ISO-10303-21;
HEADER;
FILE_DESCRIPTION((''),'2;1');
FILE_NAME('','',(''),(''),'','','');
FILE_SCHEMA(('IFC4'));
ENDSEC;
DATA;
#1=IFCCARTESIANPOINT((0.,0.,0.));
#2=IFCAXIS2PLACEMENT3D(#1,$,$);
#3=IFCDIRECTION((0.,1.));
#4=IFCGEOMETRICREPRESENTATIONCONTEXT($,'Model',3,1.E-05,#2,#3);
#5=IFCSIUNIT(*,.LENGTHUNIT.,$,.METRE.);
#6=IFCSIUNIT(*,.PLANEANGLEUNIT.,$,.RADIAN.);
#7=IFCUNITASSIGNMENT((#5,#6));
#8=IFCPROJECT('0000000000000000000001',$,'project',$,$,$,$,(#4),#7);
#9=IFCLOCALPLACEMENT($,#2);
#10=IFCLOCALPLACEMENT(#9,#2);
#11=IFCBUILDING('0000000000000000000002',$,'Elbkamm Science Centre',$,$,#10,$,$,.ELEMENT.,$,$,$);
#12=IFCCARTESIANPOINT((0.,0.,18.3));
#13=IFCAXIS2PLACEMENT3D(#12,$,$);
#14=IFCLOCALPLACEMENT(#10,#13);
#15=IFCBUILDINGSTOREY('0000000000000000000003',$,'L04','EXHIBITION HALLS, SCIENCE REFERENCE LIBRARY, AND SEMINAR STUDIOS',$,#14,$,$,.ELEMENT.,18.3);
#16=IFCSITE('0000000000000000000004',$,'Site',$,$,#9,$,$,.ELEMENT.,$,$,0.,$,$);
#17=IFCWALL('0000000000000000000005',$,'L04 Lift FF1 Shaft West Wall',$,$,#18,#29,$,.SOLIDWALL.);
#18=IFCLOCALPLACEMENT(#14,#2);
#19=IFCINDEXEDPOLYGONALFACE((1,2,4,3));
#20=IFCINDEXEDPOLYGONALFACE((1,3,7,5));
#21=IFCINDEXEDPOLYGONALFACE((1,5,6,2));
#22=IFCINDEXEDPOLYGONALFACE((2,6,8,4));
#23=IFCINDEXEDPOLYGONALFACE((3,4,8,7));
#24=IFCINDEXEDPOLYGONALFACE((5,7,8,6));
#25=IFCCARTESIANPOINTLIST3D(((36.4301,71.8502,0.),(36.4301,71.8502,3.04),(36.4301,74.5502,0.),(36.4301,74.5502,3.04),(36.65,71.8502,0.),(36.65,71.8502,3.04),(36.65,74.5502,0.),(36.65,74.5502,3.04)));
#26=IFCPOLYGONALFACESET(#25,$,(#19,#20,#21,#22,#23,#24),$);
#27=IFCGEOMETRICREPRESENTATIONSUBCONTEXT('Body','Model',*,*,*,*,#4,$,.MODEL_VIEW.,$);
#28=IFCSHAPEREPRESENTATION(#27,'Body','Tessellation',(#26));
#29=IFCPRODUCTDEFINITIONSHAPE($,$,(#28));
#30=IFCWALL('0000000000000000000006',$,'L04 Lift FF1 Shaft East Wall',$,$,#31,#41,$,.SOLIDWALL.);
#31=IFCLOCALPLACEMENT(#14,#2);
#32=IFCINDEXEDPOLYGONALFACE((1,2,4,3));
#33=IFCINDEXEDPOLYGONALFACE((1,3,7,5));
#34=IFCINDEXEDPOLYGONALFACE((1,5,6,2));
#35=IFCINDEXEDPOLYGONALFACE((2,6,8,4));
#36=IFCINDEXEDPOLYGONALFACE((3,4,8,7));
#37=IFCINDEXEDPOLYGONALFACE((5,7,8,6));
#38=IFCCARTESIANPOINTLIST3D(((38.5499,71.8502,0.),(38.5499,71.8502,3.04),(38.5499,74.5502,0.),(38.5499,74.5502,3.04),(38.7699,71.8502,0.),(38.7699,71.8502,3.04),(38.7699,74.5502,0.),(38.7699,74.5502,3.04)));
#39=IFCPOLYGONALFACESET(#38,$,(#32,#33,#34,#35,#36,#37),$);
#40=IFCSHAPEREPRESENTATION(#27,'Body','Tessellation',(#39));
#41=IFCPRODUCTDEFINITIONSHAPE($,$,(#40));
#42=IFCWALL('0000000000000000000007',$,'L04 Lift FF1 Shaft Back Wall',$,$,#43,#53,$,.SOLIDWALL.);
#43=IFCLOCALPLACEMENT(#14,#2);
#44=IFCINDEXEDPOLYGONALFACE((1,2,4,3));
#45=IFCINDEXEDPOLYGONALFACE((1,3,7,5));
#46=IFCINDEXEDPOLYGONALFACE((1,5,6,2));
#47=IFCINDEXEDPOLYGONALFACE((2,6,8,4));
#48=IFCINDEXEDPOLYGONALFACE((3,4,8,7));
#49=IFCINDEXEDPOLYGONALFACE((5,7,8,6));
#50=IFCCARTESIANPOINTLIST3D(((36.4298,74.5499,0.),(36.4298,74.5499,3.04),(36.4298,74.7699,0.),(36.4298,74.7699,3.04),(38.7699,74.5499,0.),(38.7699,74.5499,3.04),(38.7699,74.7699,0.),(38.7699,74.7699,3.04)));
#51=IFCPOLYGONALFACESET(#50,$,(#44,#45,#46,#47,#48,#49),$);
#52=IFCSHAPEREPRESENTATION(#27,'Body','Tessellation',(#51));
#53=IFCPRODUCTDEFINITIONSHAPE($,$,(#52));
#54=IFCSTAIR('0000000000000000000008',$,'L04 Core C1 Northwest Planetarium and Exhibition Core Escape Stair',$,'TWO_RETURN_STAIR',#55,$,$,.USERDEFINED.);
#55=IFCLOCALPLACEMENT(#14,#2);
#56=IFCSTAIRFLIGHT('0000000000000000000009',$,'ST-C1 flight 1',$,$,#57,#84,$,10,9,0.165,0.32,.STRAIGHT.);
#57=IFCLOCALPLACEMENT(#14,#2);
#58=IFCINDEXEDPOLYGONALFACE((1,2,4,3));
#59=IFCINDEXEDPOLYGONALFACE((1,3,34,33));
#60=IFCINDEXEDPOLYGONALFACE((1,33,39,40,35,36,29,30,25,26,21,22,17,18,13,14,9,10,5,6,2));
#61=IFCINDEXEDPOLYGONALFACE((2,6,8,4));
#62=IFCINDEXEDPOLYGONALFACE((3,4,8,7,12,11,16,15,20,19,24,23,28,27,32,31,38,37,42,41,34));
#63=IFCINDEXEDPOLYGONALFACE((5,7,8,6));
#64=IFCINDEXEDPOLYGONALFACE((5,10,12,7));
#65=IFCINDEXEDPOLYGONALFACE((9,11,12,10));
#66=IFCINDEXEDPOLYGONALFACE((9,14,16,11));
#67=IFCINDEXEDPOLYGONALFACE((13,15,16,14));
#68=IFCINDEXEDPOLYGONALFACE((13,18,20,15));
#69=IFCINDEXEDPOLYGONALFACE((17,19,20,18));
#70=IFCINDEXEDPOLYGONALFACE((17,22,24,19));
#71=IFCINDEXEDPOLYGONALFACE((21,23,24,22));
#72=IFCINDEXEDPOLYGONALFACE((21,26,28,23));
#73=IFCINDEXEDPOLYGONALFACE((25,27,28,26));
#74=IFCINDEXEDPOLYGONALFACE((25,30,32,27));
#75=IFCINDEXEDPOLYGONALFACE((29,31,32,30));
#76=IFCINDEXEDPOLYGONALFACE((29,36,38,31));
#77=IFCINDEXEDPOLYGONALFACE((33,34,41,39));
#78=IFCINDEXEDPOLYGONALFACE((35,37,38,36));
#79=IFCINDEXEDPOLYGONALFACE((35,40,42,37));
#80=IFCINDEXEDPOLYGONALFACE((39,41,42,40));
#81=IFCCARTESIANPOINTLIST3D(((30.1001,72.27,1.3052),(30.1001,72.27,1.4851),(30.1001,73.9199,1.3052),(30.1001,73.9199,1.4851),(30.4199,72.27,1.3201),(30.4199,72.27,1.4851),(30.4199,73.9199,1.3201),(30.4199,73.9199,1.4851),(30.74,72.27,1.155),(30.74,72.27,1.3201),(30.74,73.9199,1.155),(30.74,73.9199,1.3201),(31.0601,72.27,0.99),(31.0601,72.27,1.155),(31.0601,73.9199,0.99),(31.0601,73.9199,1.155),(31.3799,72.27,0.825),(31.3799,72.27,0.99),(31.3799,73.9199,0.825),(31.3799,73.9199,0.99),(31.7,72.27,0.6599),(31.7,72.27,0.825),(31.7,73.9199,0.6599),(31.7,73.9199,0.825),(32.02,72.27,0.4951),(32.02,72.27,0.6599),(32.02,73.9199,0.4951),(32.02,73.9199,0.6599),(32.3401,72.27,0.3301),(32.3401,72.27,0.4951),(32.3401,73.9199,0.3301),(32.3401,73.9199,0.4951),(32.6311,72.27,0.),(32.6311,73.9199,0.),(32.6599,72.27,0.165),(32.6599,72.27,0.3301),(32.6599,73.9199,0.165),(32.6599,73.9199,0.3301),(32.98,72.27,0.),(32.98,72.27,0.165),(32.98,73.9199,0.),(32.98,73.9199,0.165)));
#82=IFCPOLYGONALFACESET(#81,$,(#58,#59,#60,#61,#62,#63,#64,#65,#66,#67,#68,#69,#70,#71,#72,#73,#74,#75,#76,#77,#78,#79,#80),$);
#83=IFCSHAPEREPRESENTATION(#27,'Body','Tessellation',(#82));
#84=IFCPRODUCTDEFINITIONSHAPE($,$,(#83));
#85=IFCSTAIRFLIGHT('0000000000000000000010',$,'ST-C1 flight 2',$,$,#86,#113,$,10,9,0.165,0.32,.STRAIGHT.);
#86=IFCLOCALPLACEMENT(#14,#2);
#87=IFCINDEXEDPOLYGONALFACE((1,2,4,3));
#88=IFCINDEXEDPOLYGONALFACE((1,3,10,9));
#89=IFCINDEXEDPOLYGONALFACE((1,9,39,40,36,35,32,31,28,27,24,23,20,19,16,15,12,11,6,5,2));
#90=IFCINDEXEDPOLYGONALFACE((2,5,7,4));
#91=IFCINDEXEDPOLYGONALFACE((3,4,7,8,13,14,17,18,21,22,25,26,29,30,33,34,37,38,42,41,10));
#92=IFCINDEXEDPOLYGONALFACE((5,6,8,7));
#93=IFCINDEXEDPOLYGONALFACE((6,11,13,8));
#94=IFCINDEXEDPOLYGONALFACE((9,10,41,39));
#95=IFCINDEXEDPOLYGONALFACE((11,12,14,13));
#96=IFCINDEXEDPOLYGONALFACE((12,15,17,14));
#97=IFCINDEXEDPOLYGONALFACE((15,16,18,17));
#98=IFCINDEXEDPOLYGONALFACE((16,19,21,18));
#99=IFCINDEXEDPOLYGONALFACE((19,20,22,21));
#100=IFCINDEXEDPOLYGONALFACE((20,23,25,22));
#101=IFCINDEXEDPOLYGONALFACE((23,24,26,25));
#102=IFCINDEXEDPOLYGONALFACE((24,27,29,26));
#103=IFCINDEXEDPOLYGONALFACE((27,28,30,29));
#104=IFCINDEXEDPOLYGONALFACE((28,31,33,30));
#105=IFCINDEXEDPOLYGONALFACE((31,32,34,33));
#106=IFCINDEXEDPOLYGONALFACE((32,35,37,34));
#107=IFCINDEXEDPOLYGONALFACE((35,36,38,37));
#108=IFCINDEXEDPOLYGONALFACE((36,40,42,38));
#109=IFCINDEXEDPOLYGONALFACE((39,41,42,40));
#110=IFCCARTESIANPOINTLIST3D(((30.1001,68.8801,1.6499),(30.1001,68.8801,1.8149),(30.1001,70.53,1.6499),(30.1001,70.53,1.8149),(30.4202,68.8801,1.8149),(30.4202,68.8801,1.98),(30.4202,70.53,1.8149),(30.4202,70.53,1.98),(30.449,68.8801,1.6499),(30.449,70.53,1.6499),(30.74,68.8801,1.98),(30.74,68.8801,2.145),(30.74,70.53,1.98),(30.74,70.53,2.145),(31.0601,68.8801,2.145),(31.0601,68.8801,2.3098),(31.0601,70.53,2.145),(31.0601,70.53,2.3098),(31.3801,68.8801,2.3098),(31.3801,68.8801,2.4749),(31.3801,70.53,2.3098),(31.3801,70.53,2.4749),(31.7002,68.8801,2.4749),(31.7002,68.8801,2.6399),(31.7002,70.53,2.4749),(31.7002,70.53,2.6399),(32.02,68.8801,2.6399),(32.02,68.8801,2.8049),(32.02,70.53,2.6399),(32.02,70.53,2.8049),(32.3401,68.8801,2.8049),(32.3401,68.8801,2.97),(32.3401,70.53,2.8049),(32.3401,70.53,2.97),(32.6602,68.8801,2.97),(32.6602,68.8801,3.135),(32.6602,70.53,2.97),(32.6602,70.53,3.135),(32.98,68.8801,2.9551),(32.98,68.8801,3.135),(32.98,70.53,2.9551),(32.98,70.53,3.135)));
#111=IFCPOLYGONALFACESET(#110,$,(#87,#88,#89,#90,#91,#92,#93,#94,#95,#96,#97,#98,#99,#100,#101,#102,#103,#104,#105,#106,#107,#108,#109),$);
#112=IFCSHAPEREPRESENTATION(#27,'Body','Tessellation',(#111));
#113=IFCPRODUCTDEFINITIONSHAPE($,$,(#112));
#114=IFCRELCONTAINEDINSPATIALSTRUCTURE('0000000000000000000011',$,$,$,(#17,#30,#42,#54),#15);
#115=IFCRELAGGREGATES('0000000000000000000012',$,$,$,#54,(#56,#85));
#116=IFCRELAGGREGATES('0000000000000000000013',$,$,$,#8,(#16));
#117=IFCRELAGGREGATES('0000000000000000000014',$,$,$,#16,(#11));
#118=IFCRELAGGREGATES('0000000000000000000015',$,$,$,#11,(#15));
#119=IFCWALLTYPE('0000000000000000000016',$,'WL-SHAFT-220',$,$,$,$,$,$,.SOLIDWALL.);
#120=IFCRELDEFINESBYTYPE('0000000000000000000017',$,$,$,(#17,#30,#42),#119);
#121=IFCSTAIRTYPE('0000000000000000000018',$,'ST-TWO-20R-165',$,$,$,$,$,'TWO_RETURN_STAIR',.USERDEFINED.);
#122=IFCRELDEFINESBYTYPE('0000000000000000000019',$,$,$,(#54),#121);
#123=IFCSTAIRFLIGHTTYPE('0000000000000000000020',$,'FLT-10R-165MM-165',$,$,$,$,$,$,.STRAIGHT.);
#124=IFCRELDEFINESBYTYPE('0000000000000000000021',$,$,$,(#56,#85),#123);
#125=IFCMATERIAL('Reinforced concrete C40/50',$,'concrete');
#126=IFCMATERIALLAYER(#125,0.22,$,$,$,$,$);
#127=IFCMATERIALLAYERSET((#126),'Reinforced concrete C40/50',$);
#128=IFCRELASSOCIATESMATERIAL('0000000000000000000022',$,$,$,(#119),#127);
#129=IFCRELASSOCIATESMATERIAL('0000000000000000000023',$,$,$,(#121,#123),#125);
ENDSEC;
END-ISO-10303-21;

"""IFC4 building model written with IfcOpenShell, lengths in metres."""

from ifc_helpers import new_model, si_unit, direction, frame, frame_2d, origin, place, context, subcontext, project, spatial, polyline, rectangle, outline, extrude, material, layer, layer_set, type_object, element, aggregate, save


model = new_model("IFC4")

# Units and contexts
model_context = context("Model", 3, precision=1e-05, world=origin(), true_north=direction((0.0, 1.0)))
body_context = subcontext(model_context, "Body", "Model", "MODEL_VIEW")
ifc_project = project(units=[si_unit("LENGTHUNIT", "METRE"), si_unit("PLANEANGLEUNIT", "RADIAN")], contexts=[model_context])

# Site, building, storey
site_placement = place(None, origin())
site = spatial("IfcSite", under=ifc_project, at=site_placement, Name="Site", CompositionType="ELEMENT", RefElevation=0.0)
building_placement = place(site_placement, origin())
building = spatial("IfcBuilding", under=site, at=building_placement, Name="Elbkamm Science Centre", CompositionType="ELEMENT")
storey_placement = place(building_placement, frame((0.0, 0.0, 18.3)))
storey = spatial("IfcBuildingStorey", under=building, at=storey_placement, Name="L04", Description="EXHIBITION HALLS, SCIENCE REFERENCE LIBRARY, AND SEMINAR STUDIOS", CompositionType="ELEMENT", Elevation=18.3)

# Walls
ifc_material_1 = material(Name="Reinforced concrete C40/50", Category="concrete")
ifc_layer_1 = layer(ifc_material_1, 0.22)
ifc_layer_set_1 = layer_set([ifc_layer_1], Name="Reinforced concrete C40/50")
wall_type_1 = type_object("IfcWallType", Name="WL-SHAFT-220", PredefinedType="SOLIDWALL", material=ifc_layer_set_1)
for number, where, z_axis, x_axis, name in (
    (1, (36.54, 71.8501, 0.0), (0.0, 0.0, 1.0), (0.0, 1.0, 0.0), "L04 Lift FF1 Shaft West Wall"),
    (2, (38.6599, 71.8501, 0.0), (0.0, 0.0, 1.0), (0.0, 1.0, 0.0), "L04 Lift FF1 Shaft East Wall"),
):
    element("IfcWall", number, at=place(storey_placement, frame(where, z_axis=z_axis, x_axis=x_axis)), inside=storey, type_object=wall_type_1, Name=name, PredefinedType="SOLIDWALL", context=body_context, shape_type="SweptSolid", body=[
        extrude(rectangle(XDim=2.7, YDim=0.22, at=frame_2d((1.3501, 0.0))), origin(), (0.0, 0.0, 1.0), 3.04),
    ])
wall_1_placement = place(storey_placement, frame((36.4299, 74.6599, 0.0), z_axis=(0.0, 0.0, 1.0), x_axis=(1.0, 0.0, 0.0)))
element("IfcWall", 3, at=wall_1_placement, inside=storey, type_object=wall_type_1, Name="L04 Lift FF1 Shaft Back Wall", PredefinedType="SOLIDWALL", context=body_context, shape_type="SweptSolid", body=[
    extrude(rectangle(XDim=2.3401, YDim=0.22, at=frame_2d((1.1699, 0.0))), origin(), (0.0, 0.0, 1.0), 3.04),
])

# Stair, stair flights
stair_type = type_object("IfcStairType", Name="ST-TWO-20R-165", ElementType="TWO_RETURN_STAIR", PredefinedType="USERDEFINED", material=ifc_material_1)
stair_placement = place(storey_placement, origin())
stair = element("IfcStair", 4, at=stair_placement, inside=storey, type_object=stair_type, Name="L04 Core C1 Northwest Planetarium and Exhibition Core Escape Stair", ObjectType="TWO_RETURN_STAIR", PredefinedType="USERDEFINED")
stair_flight_type = type_object("IfcStairFlightType", Name="FLT-10R-165MM-165", PredefinedType="STRAIGHT", material=ifc_material_1)
stair_flight_1_placement = place(storey_placement, frame((32.98, 73.095, 0.0), z_axis=(0.0, 0.0, 1.0), x_axis=(-1.0, 0.0, 0.0)))
stair_flight_1 = element("IfcStairFlight", 5, at=stair_flight_1_placement, type_object=stair_flight_type, Name="ST-C1 flight 1", NumberOfRisers=10, NumberOfTreads=9, PredefinedType="STRAIGHT", RiserHeight=0.165, TreadLength=0.32, context=body_context, shape_type="SweptSolid", body=[
    extrude(outline(polyline([(0.0, 0.0), (0.0, 0.165), (0.3201, 0.165), (0.3201, 0.3301), (0.6399, 0.3301), (0.6399, 0.4951), (0.96, 0.4951), (0.96, 0.6599), (1.28, 0.6599), (1.28, 0.825), (1.6001, 0.825), (1.6001, 0.99), (1.9199, 0.99), (1.9199, 1.155), (2.24, 1.155), (2.24, 1.3201), (2.5601, 1.3201), (2.5601, 1.4851), (2.8799, 1.4851), (2.8799, 1.6499), (2.8799, 1.3052), (0.3489, 0.0), (0.0, 0.0)])), frame((0.0, 0.825, 0.0), z_axis=(0.0, -1.0, 0.0), x_axis=(1.0, 0.0, 0.0)), (0.0, 0.0, 1.0), 1.6499),
])
stair_flight_2_placement = place(storey_placement, frame((30.1001, 69.7051, 1.6499), z_axis=(0.0, 0.0, 1.0), x_axis=(1.0, 0.0, 0.0)))
stair_flight_2 = element("IfcStairFlight", 6, at=stair_flight_2_placement, type_object=stair_flight_type, Name="ST-C1 flight 2", NumberOfRisers=10, NumberOfTreads=9, PredefinedType="STRAIGHT", RiserHeight=0.165, TreadLength=0.32, context=body_context, shape_type="SweptSolid", body=[
    extrude(outline(polyline([(0.0, 0.0), (0.0, 0.165), (0.3201, 0.165), (0.3201, 0.3301), (0.6399, 0.3301), (0.6399, 0.4951), (0.96, 0.4951), (0.96, 0.6599), (1.28, 0.6599), (1.28, 0.825), (1.6001, 0.825), (1.6001, 0.99), (1.9199, 0.99), (1.9199, 1.155), (2.24, 1.155), (2.24, 1.3201), (2.5601, 1.3201), (2.5601, 1.4851), (2.8799, 1.4851), (2.8799, 1.6499), (2.8799, 1.3052), (0.3489, 0.0), (0.0, 0.0)])), frame((0.0, 0.825, 0.0), z_axis=(0.0, -1.0, 0.0), x_axis=(1.0, 0.0, 0.0)), (0.0, 0.0, 1.0), 1.6499),
])
aggregate(stair, [stair_flight_1, stair_flight_2])

save(model, "model.ifc")
